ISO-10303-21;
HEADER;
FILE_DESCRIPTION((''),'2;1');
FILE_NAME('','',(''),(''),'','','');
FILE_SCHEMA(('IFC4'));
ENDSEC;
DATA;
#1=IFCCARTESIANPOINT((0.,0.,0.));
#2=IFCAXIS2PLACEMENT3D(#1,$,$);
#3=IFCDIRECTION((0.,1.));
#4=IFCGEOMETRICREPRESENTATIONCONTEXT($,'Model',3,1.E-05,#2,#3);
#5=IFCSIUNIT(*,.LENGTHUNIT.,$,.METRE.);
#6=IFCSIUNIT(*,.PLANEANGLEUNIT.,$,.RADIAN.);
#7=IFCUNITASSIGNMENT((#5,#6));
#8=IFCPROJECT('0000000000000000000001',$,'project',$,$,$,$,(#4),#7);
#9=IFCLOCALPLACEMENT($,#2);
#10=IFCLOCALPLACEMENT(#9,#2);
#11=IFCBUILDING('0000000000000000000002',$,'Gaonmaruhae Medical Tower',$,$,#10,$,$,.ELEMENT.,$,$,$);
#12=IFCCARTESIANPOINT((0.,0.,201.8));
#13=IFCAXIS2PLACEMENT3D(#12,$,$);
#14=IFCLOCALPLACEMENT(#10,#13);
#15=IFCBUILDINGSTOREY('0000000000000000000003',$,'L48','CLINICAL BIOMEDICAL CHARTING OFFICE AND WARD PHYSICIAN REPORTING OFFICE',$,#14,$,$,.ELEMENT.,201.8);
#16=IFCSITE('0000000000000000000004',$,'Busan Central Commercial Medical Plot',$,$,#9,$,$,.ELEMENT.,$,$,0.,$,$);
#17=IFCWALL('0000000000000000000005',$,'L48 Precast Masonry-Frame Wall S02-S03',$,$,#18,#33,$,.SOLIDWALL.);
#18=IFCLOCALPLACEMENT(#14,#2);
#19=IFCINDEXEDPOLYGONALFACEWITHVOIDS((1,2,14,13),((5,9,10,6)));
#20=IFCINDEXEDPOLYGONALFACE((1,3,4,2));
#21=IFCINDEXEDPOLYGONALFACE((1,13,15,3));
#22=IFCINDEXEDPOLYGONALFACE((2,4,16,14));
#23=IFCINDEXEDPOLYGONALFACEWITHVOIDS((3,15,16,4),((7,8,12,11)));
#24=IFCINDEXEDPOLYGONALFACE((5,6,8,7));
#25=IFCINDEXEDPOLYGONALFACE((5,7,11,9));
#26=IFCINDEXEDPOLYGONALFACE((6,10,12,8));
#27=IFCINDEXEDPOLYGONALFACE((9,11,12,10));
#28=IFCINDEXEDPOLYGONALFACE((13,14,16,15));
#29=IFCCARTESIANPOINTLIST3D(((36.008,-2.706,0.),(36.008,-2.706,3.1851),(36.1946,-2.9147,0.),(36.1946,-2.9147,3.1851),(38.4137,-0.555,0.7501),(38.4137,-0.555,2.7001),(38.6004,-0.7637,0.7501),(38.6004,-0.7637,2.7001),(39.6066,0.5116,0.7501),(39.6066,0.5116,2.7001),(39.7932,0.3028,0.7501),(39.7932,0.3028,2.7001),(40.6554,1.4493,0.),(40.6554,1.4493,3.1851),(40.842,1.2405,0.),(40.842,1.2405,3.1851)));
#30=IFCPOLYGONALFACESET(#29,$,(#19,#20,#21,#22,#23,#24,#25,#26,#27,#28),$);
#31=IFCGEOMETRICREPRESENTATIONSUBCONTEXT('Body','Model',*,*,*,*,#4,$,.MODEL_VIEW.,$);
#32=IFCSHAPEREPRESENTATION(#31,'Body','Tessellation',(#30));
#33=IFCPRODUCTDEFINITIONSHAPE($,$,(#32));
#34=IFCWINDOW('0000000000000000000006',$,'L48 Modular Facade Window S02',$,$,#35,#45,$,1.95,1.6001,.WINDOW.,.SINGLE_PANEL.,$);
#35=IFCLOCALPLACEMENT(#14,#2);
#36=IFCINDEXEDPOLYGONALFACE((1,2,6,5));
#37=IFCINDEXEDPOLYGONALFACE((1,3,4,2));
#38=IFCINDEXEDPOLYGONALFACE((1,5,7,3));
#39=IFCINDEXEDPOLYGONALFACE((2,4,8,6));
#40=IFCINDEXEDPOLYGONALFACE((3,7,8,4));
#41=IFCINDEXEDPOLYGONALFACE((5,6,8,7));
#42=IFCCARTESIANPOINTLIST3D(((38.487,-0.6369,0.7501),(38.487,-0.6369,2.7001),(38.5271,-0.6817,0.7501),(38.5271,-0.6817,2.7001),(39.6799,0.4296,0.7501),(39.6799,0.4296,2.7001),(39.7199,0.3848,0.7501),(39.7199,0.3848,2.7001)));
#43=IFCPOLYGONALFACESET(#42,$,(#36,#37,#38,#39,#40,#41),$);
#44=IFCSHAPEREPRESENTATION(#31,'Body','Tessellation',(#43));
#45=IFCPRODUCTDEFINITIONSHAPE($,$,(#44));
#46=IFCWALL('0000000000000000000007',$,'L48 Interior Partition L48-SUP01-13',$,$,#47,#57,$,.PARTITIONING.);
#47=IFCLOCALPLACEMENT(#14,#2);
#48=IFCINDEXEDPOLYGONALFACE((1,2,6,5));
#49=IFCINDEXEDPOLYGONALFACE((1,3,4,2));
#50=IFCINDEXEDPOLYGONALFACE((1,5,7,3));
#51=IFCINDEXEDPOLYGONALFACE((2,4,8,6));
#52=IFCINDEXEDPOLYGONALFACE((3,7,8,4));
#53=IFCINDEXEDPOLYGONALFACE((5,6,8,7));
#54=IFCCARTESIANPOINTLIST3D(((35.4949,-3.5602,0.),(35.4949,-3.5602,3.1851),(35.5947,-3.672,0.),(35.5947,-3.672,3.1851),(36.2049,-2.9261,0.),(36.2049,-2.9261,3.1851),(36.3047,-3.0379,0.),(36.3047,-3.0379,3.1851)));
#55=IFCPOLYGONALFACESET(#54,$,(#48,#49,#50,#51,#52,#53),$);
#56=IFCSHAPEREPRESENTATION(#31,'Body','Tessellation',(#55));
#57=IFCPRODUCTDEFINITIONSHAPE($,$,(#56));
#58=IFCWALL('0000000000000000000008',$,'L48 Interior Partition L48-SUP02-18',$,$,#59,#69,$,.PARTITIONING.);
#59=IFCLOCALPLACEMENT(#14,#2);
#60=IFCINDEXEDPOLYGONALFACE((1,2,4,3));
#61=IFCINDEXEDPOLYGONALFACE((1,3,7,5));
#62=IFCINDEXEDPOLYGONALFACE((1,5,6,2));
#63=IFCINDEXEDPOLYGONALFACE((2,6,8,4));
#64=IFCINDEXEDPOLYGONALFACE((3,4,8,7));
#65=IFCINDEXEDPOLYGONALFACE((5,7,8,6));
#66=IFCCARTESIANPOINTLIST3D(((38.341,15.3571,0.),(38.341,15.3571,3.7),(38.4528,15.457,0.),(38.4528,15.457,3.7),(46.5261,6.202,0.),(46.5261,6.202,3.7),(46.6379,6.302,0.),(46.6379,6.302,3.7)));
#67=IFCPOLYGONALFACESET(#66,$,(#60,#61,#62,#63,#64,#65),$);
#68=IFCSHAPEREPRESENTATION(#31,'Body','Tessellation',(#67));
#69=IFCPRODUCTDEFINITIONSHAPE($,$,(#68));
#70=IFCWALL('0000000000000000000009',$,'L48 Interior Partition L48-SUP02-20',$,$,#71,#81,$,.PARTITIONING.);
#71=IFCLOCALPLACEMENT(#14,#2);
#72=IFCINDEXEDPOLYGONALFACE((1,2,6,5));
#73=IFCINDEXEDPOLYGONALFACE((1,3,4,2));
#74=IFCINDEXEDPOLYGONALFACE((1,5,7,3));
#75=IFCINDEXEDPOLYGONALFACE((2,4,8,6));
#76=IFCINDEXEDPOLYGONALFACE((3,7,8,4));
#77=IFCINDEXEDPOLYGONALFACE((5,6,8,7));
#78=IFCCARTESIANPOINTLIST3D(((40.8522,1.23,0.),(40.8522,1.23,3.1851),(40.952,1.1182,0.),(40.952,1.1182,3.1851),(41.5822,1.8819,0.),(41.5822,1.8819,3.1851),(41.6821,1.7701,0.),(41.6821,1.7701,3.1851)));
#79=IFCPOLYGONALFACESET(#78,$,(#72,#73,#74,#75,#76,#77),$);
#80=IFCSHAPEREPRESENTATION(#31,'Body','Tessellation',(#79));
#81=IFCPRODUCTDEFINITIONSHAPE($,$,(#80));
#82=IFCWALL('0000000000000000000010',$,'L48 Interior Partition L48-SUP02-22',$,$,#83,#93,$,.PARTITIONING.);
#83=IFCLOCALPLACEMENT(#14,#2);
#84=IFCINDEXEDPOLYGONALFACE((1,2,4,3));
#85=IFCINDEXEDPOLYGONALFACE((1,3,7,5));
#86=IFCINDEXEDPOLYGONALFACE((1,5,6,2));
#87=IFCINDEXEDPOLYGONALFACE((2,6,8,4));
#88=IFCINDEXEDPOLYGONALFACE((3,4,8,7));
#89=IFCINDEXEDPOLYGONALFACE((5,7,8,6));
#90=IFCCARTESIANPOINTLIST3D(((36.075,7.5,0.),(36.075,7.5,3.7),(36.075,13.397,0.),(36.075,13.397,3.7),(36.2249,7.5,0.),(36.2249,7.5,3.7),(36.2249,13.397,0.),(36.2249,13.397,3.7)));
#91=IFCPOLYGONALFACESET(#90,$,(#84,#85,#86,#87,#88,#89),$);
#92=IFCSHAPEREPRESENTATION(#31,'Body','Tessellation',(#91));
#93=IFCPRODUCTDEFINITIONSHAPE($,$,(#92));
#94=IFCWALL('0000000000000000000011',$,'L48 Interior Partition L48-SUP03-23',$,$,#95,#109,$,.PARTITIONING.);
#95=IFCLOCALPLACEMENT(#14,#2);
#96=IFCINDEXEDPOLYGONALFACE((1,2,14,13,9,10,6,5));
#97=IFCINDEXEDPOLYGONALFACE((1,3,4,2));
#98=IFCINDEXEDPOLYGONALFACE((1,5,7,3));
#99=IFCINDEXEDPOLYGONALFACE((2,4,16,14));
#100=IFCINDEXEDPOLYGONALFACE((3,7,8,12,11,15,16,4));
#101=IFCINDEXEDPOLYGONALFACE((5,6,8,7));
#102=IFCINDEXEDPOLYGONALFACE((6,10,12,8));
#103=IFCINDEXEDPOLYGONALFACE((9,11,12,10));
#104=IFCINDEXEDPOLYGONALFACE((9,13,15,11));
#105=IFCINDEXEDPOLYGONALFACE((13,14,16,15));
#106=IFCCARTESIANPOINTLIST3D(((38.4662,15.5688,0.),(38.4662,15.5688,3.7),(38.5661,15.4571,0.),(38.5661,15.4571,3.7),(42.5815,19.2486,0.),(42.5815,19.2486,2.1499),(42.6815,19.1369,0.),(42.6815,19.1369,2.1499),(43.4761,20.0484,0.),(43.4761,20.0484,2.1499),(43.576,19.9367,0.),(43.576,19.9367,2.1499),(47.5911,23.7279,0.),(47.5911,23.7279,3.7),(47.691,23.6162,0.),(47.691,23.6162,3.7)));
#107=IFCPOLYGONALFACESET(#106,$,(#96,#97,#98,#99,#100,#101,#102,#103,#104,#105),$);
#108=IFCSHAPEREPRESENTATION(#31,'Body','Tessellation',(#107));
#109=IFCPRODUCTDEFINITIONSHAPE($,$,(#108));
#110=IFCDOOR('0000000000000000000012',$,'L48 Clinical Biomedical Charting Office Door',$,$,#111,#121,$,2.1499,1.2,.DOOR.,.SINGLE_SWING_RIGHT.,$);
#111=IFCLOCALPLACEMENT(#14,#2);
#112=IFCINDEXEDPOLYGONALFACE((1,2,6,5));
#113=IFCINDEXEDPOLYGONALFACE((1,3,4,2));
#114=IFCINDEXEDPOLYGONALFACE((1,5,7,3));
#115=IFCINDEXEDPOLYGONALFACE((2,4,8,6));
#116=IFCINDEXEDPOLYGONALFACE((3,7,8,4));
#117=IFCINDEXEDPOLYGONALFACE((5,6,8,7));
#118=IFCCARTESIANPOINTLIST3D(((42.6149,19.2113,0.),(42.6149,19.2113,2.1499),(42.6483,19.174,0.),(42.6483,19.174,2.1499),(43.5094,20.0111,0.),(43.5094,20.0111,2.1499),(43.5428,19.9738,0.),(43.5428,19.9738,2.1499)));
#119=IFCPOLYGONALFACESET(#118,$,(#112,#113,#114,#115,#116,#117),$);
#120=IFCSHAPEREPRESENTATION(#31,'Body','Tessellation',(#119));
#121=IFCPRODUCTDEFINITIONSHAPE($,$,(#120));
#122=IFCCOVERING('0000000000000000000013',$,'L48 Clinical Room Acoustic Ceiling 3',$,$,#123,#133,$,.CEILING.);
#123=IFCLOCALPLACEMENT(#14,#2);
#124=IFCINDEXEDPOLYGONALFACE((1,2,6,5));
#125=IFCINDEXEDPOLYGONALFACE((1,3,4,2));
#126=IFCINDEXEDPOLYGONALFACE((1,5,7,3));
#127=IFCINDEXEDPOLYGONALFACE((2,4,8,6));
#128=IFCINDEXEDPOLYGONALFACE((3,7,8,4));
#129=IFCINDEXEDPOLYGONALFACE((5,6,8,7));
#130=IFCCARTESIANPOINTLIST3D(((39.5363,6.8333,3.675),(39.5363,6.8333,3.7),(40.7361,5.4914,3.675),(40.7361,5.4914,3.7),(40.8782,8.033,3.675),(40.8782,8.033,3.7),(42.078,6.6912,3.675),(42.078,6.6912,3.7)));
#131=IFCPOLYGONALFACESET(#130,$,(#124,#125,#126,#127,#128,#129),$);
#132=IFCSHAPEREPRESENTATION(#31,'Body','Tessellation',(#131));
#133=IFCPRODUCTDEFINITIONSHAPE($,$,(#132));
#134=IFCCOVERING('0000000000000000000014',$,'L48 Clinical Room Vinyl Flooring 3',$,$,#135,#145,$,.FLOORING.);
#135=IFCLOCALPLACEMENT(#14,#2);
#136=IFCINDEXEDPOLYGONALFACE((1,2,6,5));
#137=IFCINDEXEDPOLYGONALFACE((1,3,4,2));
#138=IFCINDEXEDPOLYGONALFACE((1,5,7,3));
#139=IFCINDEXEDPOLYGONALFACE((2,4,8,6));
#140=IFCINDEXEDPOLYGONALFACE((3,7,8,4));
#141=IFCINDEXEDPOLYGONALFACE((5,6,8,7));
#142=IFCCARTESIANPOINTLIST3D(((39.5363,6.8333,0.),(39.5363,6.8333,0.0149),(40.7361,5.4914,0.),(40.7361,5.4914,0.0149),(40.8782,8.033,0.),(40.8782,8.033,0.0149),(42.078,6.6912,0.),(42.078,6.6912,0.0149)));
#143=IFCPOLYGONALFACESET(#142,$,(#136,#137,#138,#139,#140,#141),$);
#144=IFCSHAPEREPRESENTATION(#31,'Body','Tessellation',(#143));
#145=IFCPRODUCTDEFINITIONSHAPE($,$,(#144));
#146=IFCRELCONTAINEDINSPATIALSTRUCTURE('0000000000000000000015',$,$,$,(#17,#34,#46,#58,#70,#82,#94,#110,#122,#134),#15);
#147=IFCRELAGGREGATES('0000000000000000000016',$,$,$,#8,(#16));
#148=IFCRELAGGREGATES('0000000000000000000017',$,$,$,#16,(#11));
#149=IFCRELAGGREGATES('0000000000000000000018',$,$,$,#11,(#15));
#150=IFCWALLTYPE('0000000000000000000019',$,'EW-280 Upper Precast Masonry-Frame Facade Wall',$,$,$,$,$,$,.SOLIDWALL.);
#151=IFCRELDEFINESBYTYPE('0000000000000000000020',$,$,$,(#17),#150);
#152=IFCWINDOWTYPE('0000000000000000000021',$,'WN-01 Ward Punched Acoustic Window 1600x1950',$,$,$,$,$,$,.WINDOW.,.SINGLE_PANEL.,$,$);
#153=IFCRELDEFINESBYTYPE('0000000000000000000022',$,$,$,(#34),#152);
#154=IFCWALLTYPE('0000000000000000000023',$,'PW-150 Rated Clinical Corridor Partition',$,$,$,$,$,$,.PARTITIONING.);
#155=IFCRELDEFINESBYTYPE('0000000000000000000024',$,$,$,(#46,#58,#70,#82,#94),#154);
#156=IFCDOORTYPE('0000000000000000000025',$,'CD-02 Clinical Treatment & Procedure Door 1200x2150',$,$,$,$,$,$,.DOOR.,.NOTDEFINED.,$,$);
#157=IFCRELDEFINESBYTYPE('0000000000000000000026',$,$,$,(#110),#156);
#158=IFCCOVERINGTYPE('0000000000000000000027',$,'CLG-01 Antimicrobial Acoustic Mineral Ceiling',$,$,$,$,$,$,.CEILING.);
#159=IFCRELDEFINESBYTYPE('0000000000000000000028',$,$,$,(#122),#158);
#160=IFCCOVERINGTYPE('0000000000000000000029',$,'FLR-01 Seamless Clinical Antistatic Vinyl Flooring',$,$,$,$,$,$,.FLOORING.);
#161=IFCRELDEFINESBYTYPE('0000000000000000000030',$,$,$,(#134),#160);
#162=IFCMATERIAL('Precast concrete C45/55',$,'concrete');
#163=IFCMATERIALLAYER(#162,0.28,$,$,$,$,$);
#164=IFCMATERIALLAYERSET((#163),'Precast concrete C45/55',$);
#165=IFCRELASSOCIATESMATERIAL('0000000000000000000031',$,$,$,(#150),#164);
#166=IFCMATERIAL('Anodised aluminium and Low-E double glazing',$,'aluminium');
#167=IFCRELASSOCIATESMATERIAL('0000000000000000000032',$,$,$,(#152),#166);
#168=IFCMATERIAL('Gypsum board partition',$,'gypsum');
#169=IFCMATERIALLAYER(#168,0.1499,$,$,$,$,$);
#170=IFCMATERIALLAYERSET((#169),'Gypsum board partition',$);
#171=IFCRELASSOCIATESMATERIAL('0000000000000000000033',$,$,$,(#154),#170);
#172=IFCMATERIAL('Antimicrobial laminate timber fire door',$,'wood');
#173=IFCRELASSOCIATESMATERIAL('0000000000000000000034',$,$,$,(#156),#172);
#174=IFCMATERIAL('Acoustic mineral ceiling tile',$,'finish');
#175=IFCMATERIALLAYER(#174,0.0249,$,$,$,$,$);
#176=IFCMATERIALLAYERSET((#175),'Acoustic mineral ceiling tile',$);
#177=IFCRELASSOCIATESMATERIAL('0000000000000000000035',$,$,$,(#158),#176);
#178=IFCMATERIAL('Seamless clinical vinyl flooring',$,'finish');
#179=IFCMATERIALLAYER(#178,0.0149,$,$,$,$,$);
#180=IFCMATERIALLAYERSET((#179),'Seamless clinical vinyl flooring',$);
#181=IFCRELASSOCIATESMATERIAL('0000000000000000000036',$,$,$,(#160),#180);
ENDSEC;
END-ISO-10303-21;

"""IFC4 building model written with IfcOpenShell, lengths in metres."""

from ifc_helpers import new_model, si_unit, direction, frame, frame_2d, origin, origin_2d, place, context, subcontext, project, spatial, rectangle, extrude, material, layer, layer_set, type_object, element, fill, save


model = new_model("IFC4")

# Units and contexts
model_context = context("Model", 3, precision=1e-05, world=origin(), true_north=direction((0.0, 1.0)))
body_context = subcontext(model_context, "Body", "Model", "MODEL_VIEW")
ifc_project = project(units=[si_unit("LENGTHUNIT", "METRE"), si_unit("PLANEANGLEUNIT", "RADIAN")], contexts=[model_context])

# Site, building, storey
site_placement = place(None, origin())
site = spatial("IfcSite", under=ifc_project, at=site_placement, Name="Busan Central Commercial Medical Plot", CompositionType="ELEMENT", RefElevation=0.0)
building_placement = place(site_placement, origin())
building = spatial("IfcBuilding", under=site, at=building_placement, Name="Gaonmaruhae Medical Tower", CompositionType="ELEMENT")
storey_placement = place(building_placement, frame((0.0, 0.0, 201.8)))
storey = spatial("IfcBuildingStorey", under=building, at=storey_placement, Name="L48", Description="CLINICAL BIOMEDICAL CHARTING OFFICE AND WARD PHYSICIAN REPORTING OFFICE", CompositionType="ELEMENT", Elevation=201.8)

# Wall, opening, window
ifc_material_1 = material(Name="Precast concrete C45/55", Category="concrete")
ifc_layer_1 = layer(ifc_material_1, 0.28)
ifc_layer_set_1 = layer_set([ifc_layer_1], Name="Precast concrete C45/55")
wall_type_1 = type_object("IfcWallType", Name="EW-280 Upper Precast Masonry-Frame Facade Wall", PredefinedType="SOLIDWALL", material=ifc_layer_set_1)
wall_1_placement = place(storey_placement, frame((40.7488, 1.345, 0.0), z_axis=(0.0, 0.0, 1.0), x_axis=(-0.745479, -0.666529, 0.0)))
wall_1 = element("IfcWall", 1, at=wall_1_placement, inside=storey, type_object=wall_type_1, Name="L48 Precast Masonry-Frame Wall S02-S03", PredefinedType="SOLIDWALL", context=body_context, shape_type="SweptSolid", body=[
    extrude(rectangle(XDim=6.2341, YDim=0.28, at=frame_2d((3.1172, 0.0))), origin(), (0.0, 0.0, 1.0), 3.1851),
])
opening_1_placement = place(wall_1_placement, frame((1.407, 0.0, 0.75)))
opening_1 = element("IfcOpeningElement", 2, at=opening_1_placement, cuts=wall_1, PredefinedType="OPENING", context=body_context, shape_type="SweptSolid", body=[
    extrude(rectangle(XDim=1.6001, YDim=1.95, at=frame_2d((0.8, 0.9751))), frame((0.0, 0.1499, 0.0), z_axis=(0.0, -1.0, 0.0), x_axis=(1.0, 0.0, 0.0)), (0.0, 0.0, 1.0), 0.3),
])
ifc_material_2 = material(Name="Anodised aluminium and Low-E double glazing", Category="aluminium")
window_type = type_object("IfcWindowType", Name="WN-01 Ward Punched Acoustic Window 1600x1950", PartitioningType="SINGLE_PANEL", PredefinedType="WINDOW", material=ifc_material_2)
window_placement = place(opening_1_placement, origin())
window = element("IfcWindow", 3, at=window_placement, inside=storey, type_object=window_type, Name="L48 Modular Facade Window S02", OverallHeight=1.95, OverallWidth=1.6001, PartitioningType="SINGLE_PANEL", PredefinedType="WINDOW", context=body_context, shape_type="SweptSolid", body=[
    extrude(rectangle(XDim=1.6001, YDim=1.95, at=frame_2d((0.8, 0.9751))), frame((0.0, 0.03, 0.0), z_axis=(0.0, -1.0, 0.0), x_axis=(1.0, 0.0, 0.0)), (0.0, 0.0, 1.0), 0.0601),
])
fill(opening_1, window)

# Wall
ifc_material_3 = material(Name="Gypsum board partition", Category="gypsum")
ifc_layer_2 = layer(ifc_material_3, 0.1499)
ifc_layer_set_2 = layer_set([ifc_layer_2], Name="Gypsum board partition")
wall_type_2 = type_object("IfcWallType", Name="PW-150 Rated Clinical Corridor Partition", PredefinedType="PARTITIONING", material=ifc_layer_set_2)
wall_2_placement = place(storey_placement, frame((36.2549, -2.9819, 0.0), z_axis=(0.0, 0.0, 1.0), x_axis=(-0.745865, -0.666097, 0.0)))
element("IfcWall", 4, at=wall_2_placement, inside=storey, type_object=wall_type_2, Name="L48 Interior Partition L48-SUP01-13", PredefinedType="PARTITIONING", context=body_context, shape_type="SweptSolid", body=[
    extrude(rectangle(XDim=0.9519, YDim=0.1499, at=frame_2d((0.4761, 0.0))), origin(), (0.0, 0.0, 1.0), 3.1851),
])

# Shared definitions
ifc_material_4 = material(Name="Antimicrobial laminate timber fire door", Category="wood")
door_type = type_object("IfcDoorType", Name="CD-02 Clinical Treatment & Procedure Door 1200x2150", OperationType="NOTDEFINED", PredefinedType="DOOR", material=ifc_material_4)

# Walls
wall_3_placement = place(storey_placement, frame((38.397, 15.407, 0.0), z_axis=(0.0, 0.0, 1.0), x_axis=(0.666511, -0.745496, 0.0)))
element("IfcWall", 5, at=wall_3_placement, inside=storey, type_object=wall_type_2, Name="L48 Interior Partition L48-SUP02-18", PredefinedType="PARTITIONING", context=body_context, shape_type="SweptSolid", body=[
    extrude(rectangle(XDim=12.2805, YDim=0.1499, at=frame_2d((6.1401, 0.0))), origin(), (0.0, 0.0, 1.0), 3.7),
])
wall_4_placement = place(storey_placement, frame((41.6321, 1.8259, 0.0), z_axis=(0.0, 0.0, 1.0), x_axis=(-0.745893, -0.666065, 0.0)))
element("IfcWall", 6, at=wall_4_placement, inside=storey, type_object=wall_type_2, Name="L48 Interior Partition L48-SUP02-20", PredefinedType="PARTITIONING", context=body_context, shape_type="SweptSolid", body=[
    extrude(rectangle(XDim=0.9788, YDim=0.1499, at=frame_2d((0.4893, 0.0))), origin(), (0.0, 0.0, 1.0), 3.1851),
])
wall_5_placement = place(storey_placement, frame((36.1499, 7.5, 0.0), z_axis=(0.0, 0.0, 1.0), x_axis=(0.0, 1.0, 0.0)))
element("IfcWall", 7, at=wall_5_placement, inside=storey, type_object=wall_type_2, Name="L48 Interior Partition L48-SUP02-22", PredefinedType="PARTITIONING", context=body_context, shape_type="SweptSolid", body=[
    extrude(rectangle(XDim=5.897, YDim=0.1499, at=frame_2d((2.9485, 0.0))), origin(), (0.0, 0.0, 1.0), 3.7),
])

# Wall, opening, door
wall_6_placement = place(storey_placement, frame((38.5161, 15.5129, 0.0), z_axis=(0.0, 0.0, 1.0), x_axis=(0.745456, 0.666555, 0.0)))
wall_6 = element("IfcWall", 8, at=wall_6_placement, inside=storey, type_object=wall_type_2, Name="L48 Interior Partition L48-SUP03-23", PredefinedType="PARTITIONING", context=body_context, shape_type="SweptSolid", body=[
    extrude(rectangle(XDim=12.2407, YDim=0.1499, at=frame_2d((6.1204, 0.0))), origin(), (0.0, 0.0, 1.0), 3.7),
])
opening_2_placement = place(wall_6_placement, frame((5.5205, 0.0, 0.0)))
opening_2 = element("IfcOpeningElement", 9, at=opening_2_placement, cuts=wall_6, PredefinedType="OPENING", context=body_context, shape_type="SweptSolid", body=[
    extrude(rectangle(XDim=1.2, YDim=2.1499, at=frame_2d((0.6001, 1.075))), frame((0.0, 0.085, 0.0), z_axis=(0.0, -1.0, 0.0), x_axis=(1.0, 0.0, 0.0)), (0.0, 0.0, 1.0), 0.1699),
])
door_1_placement = place(opening_2_placement, origin())
door_1 = element("IfcDoor", 10, at=door_1_placement, inside=storey, type_object=door_type, Name="L48 Clinical Biomedical Charting Office Door", OperationType="SINGLE_SWING_RIGHT", OverallHeight=2.1499, OverallWidth=1.2, PredefinedType="DOOR", context=body_context, shape_type="SweptSolid", body=[
    extrude(rectangle(XDim=1.2, YDim=2.1499, at=frame_2d((0.6001, 1.075))), frame((0.0, 0.0249, 0.0), z_axis=(0.0, -1.0, 0.0), x_axis=(1.0, 0.0, 0.0)), (0.0, 0.0, 1.0), 0.05),
])
fill(opening_2, door_1)

# Coverings
ifc_material_5 = material(Name="Acoustic mineral ceiling tile", Category="finish")
ifc_layer_3 = layer(ifc_material_5, 0.0249)
ifc_layer_set_3 = layer_set([ifc_layer_3], Name="Acoustic mineral ceiling tile")
covering_type_1 = type_object("IfcCoveringType", Name="CLG-01 Antimicrobial Acoustic Mineral Ceiling", PredefinedType="CEILING", material=ifc_layer_set_3)
covering_1_placement = place(storey_placement, frame((40.8071, 6.7622, 3.675), z_axis=(0.0, 0.0, 1.0), x_axis=(0.745476, 0.666532, 0.0)))
element("IfcCovering", 11, at=covering_1_placement, inside=storey, type_object=covering_type_1, Name="L48 Clinical Room Acoustic Ceiling 3", PredefinedType="CEILING", context=body_context, shape_type="SweptSolid", body=[
    extrude(rectangle(XDim=1.8, YDim=1.8, at=origin_2d()), origin(), (0.0, 0.0, 1.0), 0.0249),
])
ifc_material_6 = material(Name="Seamless clinical vinyl flooring", Category="finish")
ifc_layer_4 = layer(ifc_material_6, 0.0149)
ifc_layer_set_4 = layer_set([ifc_layer_4], Name="Seamless clinical vinyl flooring")
covering_type_2 = type_object("IfcCoveringType", Name="FLR-01 Seamless Clinical Antistatic Vinyl Flooring", PredefinedType="FLOORING", material=ifc_layer_set_4)
covering_2_placement = place(storey_placement, frame((40.8071, 6.7622, 0.0), z_axis=(0.0, 0.0, 1.0), x_axis=(0.745476, 0.666532, 0.0)))
element("IfcCovering", 12, at=covering_2_placement, inside=storey, type_object=covering_type_2, Name="L48 Clinical Room Vinyl Flooring 3", PredefinedType="FLOORING", context=body_context, shape_type="SweptSolid", body=[
    extrude(rectangle(XDim=1.8, YDim=1.8, at=origin_2d()), origin(), (0.0, 0.0, 1.0), 0.0149),
])

save(model, "model.ifc")
